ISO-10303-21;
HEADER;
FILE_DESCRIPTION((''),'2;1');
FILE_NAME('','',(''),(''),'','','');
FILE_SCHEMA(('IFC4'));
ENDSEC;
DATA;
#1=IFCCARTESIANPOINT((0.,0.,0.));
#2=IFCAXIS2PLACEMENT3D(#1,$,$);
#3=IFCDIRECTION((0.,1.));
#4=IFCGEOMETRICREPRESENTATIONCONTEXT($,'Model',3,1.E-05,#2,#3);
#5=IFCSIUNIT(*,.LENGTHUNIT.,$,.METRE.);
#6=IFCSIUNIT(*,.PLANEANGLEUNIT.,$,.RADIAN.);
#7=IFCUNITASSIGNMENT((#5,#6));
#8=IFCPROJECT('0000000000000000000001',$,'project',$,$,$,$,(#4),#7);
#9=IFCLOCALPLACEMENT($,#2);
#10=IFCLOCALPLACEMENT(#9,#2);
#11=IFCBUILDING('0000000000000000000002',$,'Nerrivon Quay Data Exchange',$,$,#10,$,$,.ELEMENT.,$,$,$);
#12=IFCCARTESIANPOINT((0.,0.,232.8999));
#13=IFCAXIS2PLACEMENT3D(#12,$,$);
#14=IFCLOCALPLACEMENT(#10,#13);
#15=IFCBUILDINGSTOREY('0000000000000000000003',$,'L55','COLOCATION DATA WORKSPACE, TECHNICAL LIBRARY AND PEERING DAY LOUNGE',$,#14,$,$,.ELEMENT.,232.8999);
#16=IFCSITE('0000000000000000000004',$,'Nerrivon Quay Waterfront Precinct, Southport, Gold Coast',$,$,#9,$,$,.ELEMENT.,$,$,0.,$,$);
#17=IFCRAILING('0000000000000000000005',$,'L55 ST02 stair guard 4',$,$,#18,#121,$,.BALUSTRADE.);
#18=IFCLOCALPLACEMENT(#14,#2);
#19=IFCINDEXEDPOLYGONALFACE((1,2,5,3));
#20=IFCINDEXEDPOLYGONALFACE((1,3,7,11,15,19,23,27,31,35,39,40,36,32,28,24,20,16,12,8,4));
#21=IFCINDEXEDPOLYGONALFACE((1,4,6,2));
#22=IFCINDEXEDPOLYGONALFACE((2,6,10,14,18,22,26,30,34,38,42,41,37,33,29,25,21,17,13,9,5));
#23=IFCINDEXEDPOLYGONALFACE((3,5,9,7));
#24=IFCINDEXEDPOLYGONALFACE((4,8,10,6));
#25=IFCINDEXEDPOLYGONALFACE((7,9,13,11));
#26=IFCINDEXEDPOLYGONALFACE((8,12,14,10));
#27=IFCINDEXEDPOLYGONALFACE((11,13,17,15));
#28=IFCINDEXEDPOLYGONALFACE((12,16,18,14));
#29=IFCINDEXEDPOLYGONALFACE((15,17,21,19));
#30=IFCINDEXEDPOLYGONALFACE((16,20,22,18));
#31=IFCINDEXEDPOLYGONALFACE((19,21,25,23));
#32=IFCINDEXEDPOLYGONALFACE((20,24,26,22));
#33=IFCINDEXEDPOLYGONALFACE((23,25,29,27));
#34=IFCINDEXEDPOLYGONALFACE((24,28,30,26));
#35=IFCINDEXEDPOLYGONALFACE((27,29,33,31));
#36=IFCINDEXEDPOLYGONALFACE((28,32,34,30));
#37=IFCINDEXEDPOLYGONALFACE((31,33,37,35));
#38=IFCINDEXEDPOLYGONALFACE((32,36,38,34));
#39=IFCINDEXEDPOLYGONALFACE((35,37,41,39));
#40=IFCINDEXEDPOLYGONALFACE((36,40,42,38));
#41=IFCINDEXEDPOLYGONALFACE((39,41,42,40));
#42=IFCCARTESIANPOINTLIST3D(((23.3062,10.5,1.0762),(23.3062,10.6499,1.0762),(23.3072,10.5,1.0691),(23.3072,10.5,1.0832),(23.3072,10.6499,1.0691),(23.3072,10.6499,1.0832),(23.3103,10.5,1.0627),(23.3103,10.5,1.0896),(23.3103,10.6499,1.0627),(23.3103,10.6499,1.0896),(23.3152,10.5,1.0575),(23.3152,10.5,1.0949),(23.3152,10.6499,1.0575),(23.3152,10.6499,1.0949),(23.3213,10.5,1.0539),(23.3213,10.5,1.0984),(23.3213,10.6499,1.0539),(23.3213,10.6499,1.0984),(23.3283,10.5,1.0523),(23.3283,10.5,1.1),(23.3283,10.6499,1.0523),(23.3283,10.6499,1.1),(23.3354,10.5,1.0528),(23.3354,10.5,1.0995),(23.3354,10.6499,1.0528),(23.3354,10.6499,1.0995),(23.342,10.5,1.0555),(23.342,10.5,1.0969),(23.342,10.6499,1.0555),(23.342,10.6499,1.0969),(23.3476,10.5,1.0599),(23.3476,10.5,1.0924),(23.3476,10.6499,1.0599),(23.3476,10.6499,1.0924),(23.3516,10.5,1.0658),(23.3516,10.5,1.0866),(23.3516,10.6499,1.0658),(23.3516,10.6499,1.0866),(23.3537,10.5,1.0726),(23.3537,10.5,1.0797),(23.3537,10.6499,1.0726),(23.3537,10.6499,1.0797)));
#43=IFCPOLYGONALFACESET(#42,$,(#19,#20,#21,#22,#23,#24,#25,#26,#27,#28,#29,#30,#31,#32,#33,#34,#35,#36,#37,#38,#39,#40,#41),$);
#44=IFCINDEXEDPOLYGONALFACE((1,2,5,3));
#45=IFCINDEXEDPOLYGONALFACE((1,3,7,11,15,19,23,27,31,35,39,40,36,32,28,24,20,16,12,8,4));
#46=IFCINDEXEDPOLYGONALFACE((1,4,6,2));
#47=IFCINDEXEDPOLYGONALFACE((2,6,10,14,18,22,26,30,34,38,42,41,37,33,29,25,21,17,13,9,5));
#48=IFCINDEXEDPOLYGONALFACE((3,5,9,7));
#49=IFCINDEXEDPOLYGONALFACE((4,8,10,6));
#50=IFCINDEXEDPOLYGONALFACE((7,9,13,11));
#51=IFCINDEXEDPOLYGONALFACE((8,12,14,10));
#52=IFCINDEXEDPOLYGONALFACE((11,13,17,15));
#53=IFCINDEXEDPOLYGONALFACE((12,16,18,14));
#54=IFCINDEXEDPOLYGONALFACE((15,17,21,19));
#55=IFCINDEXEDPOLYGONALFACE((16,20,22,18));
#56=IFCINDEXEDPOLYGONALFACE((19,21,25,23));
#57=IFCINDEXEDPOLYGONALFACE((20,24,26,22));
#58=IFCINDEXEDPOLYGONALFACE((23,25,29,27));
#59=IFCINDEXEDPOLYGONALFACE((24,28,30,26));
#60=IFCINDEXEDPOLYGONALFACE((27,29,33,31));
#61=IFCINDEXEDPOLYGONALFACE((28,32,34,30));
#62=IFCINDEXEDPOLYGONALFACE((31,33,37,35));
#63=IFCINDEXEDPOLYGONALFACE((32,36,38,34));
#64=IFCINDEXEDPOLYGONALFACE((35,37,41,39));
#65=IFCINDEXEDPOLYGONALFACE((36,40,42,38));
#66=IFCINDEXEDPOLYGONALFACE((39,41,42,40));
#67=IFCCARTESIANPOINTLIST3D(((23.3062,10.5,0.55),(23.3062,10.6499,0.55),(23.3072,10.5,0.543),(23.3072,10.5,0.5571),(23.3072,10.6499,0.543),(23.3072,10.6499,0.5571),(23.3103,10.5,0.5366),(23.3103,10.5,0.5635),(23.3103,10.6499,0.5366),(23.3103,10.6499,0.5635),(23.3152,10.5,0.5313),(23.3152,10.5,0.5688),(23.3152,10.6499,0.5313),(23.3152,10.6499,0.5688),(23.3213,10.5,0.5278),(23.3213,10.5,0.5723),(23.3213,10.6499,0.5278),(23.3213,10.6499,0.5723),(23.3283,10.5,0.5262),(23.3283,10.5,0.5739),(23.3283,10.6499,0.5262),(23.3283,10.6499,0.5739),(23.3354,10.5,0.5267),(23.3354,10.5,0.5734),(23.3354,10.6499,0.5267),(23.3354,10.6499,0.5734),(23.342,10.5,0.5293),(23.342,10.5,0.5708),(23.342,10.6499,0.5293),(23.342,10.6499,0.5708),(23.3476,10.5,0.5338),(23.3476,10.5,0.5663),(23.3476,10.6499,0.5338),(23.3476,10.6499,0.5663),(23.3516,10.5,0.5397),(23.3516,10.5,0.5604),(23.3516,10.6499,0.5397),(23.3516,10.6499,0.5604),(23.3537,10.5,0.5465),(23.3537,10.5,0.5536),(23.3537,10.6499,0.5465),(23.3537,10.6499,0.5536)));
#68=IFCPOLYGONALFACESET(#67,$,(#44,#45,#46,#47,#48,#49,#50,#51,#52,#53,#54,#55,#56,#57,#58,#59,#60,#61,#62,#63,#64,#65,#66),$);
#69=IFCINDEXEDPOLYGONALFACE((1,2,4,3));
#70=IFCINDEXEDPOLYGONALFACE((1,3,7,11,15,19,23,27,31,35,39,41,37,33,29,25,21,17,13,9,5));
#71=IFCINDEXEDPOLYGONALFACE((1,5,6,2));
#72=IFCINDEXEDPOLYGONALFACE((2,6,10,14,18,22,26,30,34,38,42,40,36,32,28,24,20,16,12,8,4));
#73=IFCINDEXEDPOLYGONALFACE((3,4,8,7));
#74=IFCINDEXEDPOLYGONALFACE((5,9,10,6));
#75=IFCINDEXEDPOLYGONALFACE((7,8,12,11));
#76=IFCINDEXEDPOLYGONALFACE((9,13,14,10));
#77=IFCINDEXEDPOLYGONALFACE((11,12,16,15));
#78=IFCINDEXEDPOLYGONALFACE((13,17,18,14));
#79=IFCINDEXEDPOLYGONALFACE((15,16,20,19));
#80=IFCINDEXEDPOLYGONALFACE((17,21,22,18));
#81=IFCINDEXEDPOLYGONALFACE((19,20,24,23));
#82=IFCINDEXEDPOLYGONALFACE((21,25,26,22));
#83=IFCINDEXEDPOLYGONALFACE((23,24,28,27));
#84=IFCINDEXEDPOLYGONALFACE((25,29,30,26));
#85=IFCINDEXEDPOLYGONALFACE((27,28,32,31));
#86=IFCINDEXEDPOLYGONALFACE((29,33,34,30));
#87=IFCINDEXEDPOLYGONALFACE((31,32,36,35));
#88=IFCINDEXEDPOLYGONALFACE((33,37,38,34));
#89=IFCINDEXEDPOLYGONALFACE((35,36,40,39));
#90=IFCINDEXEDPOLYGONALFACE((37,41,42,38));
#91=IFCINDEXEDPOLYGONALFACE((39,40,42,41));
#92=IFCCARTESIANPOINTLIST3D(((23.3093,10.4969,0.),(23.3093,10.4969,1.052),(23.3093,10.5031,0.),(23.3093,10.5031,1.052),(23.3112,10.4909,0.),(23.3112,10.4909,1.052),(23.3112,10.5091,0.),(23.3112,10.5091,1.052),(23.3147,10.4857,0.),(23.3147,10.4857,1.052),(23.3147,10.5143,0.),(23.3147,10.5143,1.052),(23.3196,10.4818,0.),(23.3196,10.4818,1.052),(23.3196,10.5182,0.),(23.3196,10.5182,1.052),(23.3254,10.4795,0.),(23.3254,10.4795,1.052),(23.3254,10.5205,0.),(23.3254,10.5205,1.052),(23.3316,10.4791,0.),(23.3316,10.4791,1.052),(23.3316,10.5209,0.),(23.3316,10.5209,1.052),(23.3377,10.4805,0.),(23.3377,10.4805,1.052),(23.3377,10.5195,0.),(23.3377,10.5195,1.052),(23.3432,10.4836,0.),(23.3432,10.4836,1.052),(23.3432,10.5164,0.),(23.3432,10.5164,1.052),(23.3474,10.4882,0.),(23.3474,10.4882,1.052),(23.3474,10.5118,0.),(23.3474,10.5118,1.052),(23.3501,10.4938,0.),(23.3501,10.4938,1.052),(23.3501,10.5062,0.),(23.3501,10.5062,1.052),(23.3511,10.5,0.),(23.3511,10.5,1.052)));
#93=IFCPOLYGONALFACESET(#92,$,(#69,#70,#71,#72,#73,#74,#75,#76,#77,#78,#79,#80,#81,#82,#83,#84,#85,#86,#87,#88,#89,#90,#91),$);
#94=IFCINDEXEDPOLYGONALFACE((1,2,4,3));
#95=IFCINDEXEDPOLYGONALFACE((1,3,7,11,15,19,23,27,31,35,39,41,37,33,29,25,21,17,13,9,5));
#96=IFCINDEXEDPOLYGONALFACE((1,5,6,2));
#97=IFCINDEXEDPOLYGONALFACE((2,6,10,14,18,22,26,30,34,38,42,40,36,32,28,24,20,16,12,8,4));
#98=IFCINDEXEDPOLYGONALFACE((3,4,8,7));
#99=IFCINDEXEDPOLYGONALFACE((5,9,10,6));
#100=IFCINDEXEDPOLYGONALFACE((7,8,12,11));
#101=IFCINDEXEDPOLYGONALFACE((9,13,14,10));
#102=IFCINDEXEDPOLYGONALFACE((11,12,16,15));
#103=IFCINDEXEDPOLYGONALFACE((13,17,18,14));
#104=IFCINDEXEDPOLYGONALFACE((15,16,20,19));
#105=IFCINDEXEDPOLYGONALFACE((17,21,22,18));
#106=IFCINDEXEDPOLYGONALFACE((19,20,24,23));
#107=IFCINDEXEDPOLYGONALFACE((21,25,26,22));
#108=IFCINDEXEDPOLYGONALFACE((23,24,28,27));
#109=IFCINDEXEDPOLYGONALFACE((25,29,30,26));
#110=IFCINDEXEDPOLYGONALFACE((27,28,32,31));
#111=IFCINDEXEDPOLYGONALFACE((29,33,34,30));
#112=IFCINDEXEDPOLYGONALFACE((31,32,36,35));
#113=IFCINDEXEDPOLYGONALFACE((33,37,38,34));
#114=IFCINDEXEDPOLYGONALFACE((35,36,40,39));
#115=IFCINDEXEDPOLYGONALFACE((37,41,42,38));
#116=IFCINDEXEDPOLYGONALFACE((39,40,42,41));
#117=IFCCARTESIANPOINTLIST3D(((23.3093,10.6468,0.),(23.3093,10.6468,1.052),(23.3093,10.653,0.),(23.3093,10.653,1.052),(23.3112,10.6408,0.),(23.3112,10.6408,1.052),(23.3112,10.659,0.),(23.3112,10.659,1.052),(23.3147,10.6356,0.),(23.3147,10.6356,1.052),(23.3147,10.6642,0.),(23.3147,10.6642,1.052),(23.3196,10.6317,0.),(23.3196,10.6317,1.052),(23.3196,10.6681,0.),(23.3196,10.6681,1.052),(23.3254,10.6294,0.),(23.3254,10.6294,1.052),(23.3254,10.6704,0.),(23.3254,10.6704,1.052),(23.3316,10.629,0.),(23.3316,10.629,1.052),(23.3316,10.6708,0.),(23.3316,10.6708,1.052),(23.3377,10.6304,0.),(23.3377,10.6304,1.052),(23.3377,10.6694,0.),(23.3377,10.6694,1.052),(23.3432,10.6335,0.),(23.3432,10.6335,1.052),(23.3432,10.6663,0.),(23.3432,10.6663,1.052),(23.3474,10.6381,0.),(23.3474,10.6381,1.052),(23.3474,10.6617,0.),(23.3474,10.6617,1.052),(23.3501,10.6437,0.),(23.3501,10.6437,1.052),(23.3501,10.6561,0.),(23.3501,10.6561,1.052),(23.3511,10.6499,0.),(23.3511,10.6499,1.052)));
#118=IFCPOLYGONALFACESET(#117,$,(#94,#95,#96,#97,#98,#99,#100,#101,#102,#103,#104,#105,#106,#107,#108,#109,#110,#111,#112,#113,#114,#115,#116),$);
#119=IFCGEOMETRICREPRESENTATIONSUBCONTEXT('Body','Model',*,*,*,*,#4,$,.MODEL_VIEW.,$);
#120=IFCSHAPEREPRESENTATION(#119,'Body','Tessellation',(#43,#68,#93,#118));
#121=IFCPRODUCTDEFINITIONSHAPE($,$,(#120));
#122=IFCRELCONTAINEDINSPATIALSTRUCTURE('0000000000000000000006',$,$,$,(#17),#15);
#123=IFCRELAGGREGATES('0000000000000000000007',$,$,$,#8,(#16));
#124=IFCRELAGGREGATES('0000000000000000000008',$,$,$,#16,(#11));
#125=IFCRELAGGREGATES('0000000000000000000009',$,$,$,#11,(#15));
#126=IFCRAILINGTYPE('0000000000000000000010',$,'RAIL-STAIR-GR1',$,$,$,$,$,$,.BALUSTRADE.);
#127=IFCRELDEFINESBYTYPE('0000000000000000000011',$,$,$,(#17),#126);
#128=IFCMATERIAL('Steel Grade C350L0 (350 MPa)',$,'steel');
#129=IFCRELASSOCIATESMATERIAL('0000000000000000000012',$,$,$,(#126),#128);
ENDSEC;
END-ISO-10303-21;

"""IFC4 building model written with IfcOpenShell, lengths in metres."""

from ifc_helpers import new_model, si_unit, direction, frame, origin, origin_2d, place, context, subcontext, project, spatial, circle, extrude, material, type_object, element, save


model = new_model("IFC4")

# Units and contexts
model_context = context("Model", 3, precision=1e-05, world=origin(), true_north=direction((0.0, 1.0)))
body_context = subcontext(model_context, "Body", "Model", "MODEL_VIEW")
ifc_project = project(units=[si_unit("LENGTHUNIT", "METRE"), si_unit("PLANEANGLEUNIT", "RADIAN")], contexts=[model_context])

# Site, building, storey
site_placement = place(None, origin())
site = spatial("IfcSite", under=ifc_project, at=site_placement, Name="Nerrivon Quay Waterfront Precinct, Southport, Gold Coast", CompositionType="ELEMENT", RefElevation=0.0)
building_placement = place(site_placement, origin())
building = spatial("IfcBuilding", under=site, at=building_placement, Name="Nerrivon Quay Data Exchange", CompositionType="ELEMENT")
storey_placement = place(building_placement, frame((0.0, 0.0, 232.8999)))
storey = spatial("IfcBuildingStorey", under=building, at=storey_placement, Name="L55", Description="COLOCATION DATA WORKSPACE, TECHNICAL LIBRARY AND PEERING DAY LOUNGE", CompositionType="ELEMENT", Elevation=232.8999)

# Railing
ifc_material_1 = material(Name="Steel Grade C350L0 (350 MPa)", Category="steel")
railing_type_1 = type_object("IfcRailingType", Name="RAIL-STAIR-GR1", PredefinedType="BALUSTRADE", material=ifc_material_1)
railing_1_placement = place(storey_placement, frame((23.3301, 10.5, 0.0)))
element("IfcRailing", 1, at=railing_1_placement, inside=storey, type_object=railing_type_1, Name="L55 ST02 stair guard 4", PredefinedType="BALUSTRADE", context=body_context, shape_type="SweptSolid", body=[
    extrude(circle(Radius=0.0239, at=origin_2d()), frame((0.0, 0.0, 1.0762), z_axis=(0.0, 1.0, 0.0), x_axis=(-1.0, 0.0, 0.0)), (0.0, 0.0, 1.0), 0.1499),
    extrude(circle(Radius=0.0239, at=origin_2d()), frame((0.0, 0.0, 0.55), z_axis=(0.0, 1.0, 0.0), x_axis=(-1.0, 0.0, 0.0)), (0.0, 0.0, 1.0), 0.1499),
    extrude(circle(Radius=0.021, at=origin_2d()), origin(), (0.0, 0.0, 1.0), 1.052),
    extrude(circle(Radius=0.021, at=origin_2d()), frame((0.0, 0.1499, 0.0)), (0.0, 0.0, 1.0), 1.052),
])

save(model, "model.ifc")
